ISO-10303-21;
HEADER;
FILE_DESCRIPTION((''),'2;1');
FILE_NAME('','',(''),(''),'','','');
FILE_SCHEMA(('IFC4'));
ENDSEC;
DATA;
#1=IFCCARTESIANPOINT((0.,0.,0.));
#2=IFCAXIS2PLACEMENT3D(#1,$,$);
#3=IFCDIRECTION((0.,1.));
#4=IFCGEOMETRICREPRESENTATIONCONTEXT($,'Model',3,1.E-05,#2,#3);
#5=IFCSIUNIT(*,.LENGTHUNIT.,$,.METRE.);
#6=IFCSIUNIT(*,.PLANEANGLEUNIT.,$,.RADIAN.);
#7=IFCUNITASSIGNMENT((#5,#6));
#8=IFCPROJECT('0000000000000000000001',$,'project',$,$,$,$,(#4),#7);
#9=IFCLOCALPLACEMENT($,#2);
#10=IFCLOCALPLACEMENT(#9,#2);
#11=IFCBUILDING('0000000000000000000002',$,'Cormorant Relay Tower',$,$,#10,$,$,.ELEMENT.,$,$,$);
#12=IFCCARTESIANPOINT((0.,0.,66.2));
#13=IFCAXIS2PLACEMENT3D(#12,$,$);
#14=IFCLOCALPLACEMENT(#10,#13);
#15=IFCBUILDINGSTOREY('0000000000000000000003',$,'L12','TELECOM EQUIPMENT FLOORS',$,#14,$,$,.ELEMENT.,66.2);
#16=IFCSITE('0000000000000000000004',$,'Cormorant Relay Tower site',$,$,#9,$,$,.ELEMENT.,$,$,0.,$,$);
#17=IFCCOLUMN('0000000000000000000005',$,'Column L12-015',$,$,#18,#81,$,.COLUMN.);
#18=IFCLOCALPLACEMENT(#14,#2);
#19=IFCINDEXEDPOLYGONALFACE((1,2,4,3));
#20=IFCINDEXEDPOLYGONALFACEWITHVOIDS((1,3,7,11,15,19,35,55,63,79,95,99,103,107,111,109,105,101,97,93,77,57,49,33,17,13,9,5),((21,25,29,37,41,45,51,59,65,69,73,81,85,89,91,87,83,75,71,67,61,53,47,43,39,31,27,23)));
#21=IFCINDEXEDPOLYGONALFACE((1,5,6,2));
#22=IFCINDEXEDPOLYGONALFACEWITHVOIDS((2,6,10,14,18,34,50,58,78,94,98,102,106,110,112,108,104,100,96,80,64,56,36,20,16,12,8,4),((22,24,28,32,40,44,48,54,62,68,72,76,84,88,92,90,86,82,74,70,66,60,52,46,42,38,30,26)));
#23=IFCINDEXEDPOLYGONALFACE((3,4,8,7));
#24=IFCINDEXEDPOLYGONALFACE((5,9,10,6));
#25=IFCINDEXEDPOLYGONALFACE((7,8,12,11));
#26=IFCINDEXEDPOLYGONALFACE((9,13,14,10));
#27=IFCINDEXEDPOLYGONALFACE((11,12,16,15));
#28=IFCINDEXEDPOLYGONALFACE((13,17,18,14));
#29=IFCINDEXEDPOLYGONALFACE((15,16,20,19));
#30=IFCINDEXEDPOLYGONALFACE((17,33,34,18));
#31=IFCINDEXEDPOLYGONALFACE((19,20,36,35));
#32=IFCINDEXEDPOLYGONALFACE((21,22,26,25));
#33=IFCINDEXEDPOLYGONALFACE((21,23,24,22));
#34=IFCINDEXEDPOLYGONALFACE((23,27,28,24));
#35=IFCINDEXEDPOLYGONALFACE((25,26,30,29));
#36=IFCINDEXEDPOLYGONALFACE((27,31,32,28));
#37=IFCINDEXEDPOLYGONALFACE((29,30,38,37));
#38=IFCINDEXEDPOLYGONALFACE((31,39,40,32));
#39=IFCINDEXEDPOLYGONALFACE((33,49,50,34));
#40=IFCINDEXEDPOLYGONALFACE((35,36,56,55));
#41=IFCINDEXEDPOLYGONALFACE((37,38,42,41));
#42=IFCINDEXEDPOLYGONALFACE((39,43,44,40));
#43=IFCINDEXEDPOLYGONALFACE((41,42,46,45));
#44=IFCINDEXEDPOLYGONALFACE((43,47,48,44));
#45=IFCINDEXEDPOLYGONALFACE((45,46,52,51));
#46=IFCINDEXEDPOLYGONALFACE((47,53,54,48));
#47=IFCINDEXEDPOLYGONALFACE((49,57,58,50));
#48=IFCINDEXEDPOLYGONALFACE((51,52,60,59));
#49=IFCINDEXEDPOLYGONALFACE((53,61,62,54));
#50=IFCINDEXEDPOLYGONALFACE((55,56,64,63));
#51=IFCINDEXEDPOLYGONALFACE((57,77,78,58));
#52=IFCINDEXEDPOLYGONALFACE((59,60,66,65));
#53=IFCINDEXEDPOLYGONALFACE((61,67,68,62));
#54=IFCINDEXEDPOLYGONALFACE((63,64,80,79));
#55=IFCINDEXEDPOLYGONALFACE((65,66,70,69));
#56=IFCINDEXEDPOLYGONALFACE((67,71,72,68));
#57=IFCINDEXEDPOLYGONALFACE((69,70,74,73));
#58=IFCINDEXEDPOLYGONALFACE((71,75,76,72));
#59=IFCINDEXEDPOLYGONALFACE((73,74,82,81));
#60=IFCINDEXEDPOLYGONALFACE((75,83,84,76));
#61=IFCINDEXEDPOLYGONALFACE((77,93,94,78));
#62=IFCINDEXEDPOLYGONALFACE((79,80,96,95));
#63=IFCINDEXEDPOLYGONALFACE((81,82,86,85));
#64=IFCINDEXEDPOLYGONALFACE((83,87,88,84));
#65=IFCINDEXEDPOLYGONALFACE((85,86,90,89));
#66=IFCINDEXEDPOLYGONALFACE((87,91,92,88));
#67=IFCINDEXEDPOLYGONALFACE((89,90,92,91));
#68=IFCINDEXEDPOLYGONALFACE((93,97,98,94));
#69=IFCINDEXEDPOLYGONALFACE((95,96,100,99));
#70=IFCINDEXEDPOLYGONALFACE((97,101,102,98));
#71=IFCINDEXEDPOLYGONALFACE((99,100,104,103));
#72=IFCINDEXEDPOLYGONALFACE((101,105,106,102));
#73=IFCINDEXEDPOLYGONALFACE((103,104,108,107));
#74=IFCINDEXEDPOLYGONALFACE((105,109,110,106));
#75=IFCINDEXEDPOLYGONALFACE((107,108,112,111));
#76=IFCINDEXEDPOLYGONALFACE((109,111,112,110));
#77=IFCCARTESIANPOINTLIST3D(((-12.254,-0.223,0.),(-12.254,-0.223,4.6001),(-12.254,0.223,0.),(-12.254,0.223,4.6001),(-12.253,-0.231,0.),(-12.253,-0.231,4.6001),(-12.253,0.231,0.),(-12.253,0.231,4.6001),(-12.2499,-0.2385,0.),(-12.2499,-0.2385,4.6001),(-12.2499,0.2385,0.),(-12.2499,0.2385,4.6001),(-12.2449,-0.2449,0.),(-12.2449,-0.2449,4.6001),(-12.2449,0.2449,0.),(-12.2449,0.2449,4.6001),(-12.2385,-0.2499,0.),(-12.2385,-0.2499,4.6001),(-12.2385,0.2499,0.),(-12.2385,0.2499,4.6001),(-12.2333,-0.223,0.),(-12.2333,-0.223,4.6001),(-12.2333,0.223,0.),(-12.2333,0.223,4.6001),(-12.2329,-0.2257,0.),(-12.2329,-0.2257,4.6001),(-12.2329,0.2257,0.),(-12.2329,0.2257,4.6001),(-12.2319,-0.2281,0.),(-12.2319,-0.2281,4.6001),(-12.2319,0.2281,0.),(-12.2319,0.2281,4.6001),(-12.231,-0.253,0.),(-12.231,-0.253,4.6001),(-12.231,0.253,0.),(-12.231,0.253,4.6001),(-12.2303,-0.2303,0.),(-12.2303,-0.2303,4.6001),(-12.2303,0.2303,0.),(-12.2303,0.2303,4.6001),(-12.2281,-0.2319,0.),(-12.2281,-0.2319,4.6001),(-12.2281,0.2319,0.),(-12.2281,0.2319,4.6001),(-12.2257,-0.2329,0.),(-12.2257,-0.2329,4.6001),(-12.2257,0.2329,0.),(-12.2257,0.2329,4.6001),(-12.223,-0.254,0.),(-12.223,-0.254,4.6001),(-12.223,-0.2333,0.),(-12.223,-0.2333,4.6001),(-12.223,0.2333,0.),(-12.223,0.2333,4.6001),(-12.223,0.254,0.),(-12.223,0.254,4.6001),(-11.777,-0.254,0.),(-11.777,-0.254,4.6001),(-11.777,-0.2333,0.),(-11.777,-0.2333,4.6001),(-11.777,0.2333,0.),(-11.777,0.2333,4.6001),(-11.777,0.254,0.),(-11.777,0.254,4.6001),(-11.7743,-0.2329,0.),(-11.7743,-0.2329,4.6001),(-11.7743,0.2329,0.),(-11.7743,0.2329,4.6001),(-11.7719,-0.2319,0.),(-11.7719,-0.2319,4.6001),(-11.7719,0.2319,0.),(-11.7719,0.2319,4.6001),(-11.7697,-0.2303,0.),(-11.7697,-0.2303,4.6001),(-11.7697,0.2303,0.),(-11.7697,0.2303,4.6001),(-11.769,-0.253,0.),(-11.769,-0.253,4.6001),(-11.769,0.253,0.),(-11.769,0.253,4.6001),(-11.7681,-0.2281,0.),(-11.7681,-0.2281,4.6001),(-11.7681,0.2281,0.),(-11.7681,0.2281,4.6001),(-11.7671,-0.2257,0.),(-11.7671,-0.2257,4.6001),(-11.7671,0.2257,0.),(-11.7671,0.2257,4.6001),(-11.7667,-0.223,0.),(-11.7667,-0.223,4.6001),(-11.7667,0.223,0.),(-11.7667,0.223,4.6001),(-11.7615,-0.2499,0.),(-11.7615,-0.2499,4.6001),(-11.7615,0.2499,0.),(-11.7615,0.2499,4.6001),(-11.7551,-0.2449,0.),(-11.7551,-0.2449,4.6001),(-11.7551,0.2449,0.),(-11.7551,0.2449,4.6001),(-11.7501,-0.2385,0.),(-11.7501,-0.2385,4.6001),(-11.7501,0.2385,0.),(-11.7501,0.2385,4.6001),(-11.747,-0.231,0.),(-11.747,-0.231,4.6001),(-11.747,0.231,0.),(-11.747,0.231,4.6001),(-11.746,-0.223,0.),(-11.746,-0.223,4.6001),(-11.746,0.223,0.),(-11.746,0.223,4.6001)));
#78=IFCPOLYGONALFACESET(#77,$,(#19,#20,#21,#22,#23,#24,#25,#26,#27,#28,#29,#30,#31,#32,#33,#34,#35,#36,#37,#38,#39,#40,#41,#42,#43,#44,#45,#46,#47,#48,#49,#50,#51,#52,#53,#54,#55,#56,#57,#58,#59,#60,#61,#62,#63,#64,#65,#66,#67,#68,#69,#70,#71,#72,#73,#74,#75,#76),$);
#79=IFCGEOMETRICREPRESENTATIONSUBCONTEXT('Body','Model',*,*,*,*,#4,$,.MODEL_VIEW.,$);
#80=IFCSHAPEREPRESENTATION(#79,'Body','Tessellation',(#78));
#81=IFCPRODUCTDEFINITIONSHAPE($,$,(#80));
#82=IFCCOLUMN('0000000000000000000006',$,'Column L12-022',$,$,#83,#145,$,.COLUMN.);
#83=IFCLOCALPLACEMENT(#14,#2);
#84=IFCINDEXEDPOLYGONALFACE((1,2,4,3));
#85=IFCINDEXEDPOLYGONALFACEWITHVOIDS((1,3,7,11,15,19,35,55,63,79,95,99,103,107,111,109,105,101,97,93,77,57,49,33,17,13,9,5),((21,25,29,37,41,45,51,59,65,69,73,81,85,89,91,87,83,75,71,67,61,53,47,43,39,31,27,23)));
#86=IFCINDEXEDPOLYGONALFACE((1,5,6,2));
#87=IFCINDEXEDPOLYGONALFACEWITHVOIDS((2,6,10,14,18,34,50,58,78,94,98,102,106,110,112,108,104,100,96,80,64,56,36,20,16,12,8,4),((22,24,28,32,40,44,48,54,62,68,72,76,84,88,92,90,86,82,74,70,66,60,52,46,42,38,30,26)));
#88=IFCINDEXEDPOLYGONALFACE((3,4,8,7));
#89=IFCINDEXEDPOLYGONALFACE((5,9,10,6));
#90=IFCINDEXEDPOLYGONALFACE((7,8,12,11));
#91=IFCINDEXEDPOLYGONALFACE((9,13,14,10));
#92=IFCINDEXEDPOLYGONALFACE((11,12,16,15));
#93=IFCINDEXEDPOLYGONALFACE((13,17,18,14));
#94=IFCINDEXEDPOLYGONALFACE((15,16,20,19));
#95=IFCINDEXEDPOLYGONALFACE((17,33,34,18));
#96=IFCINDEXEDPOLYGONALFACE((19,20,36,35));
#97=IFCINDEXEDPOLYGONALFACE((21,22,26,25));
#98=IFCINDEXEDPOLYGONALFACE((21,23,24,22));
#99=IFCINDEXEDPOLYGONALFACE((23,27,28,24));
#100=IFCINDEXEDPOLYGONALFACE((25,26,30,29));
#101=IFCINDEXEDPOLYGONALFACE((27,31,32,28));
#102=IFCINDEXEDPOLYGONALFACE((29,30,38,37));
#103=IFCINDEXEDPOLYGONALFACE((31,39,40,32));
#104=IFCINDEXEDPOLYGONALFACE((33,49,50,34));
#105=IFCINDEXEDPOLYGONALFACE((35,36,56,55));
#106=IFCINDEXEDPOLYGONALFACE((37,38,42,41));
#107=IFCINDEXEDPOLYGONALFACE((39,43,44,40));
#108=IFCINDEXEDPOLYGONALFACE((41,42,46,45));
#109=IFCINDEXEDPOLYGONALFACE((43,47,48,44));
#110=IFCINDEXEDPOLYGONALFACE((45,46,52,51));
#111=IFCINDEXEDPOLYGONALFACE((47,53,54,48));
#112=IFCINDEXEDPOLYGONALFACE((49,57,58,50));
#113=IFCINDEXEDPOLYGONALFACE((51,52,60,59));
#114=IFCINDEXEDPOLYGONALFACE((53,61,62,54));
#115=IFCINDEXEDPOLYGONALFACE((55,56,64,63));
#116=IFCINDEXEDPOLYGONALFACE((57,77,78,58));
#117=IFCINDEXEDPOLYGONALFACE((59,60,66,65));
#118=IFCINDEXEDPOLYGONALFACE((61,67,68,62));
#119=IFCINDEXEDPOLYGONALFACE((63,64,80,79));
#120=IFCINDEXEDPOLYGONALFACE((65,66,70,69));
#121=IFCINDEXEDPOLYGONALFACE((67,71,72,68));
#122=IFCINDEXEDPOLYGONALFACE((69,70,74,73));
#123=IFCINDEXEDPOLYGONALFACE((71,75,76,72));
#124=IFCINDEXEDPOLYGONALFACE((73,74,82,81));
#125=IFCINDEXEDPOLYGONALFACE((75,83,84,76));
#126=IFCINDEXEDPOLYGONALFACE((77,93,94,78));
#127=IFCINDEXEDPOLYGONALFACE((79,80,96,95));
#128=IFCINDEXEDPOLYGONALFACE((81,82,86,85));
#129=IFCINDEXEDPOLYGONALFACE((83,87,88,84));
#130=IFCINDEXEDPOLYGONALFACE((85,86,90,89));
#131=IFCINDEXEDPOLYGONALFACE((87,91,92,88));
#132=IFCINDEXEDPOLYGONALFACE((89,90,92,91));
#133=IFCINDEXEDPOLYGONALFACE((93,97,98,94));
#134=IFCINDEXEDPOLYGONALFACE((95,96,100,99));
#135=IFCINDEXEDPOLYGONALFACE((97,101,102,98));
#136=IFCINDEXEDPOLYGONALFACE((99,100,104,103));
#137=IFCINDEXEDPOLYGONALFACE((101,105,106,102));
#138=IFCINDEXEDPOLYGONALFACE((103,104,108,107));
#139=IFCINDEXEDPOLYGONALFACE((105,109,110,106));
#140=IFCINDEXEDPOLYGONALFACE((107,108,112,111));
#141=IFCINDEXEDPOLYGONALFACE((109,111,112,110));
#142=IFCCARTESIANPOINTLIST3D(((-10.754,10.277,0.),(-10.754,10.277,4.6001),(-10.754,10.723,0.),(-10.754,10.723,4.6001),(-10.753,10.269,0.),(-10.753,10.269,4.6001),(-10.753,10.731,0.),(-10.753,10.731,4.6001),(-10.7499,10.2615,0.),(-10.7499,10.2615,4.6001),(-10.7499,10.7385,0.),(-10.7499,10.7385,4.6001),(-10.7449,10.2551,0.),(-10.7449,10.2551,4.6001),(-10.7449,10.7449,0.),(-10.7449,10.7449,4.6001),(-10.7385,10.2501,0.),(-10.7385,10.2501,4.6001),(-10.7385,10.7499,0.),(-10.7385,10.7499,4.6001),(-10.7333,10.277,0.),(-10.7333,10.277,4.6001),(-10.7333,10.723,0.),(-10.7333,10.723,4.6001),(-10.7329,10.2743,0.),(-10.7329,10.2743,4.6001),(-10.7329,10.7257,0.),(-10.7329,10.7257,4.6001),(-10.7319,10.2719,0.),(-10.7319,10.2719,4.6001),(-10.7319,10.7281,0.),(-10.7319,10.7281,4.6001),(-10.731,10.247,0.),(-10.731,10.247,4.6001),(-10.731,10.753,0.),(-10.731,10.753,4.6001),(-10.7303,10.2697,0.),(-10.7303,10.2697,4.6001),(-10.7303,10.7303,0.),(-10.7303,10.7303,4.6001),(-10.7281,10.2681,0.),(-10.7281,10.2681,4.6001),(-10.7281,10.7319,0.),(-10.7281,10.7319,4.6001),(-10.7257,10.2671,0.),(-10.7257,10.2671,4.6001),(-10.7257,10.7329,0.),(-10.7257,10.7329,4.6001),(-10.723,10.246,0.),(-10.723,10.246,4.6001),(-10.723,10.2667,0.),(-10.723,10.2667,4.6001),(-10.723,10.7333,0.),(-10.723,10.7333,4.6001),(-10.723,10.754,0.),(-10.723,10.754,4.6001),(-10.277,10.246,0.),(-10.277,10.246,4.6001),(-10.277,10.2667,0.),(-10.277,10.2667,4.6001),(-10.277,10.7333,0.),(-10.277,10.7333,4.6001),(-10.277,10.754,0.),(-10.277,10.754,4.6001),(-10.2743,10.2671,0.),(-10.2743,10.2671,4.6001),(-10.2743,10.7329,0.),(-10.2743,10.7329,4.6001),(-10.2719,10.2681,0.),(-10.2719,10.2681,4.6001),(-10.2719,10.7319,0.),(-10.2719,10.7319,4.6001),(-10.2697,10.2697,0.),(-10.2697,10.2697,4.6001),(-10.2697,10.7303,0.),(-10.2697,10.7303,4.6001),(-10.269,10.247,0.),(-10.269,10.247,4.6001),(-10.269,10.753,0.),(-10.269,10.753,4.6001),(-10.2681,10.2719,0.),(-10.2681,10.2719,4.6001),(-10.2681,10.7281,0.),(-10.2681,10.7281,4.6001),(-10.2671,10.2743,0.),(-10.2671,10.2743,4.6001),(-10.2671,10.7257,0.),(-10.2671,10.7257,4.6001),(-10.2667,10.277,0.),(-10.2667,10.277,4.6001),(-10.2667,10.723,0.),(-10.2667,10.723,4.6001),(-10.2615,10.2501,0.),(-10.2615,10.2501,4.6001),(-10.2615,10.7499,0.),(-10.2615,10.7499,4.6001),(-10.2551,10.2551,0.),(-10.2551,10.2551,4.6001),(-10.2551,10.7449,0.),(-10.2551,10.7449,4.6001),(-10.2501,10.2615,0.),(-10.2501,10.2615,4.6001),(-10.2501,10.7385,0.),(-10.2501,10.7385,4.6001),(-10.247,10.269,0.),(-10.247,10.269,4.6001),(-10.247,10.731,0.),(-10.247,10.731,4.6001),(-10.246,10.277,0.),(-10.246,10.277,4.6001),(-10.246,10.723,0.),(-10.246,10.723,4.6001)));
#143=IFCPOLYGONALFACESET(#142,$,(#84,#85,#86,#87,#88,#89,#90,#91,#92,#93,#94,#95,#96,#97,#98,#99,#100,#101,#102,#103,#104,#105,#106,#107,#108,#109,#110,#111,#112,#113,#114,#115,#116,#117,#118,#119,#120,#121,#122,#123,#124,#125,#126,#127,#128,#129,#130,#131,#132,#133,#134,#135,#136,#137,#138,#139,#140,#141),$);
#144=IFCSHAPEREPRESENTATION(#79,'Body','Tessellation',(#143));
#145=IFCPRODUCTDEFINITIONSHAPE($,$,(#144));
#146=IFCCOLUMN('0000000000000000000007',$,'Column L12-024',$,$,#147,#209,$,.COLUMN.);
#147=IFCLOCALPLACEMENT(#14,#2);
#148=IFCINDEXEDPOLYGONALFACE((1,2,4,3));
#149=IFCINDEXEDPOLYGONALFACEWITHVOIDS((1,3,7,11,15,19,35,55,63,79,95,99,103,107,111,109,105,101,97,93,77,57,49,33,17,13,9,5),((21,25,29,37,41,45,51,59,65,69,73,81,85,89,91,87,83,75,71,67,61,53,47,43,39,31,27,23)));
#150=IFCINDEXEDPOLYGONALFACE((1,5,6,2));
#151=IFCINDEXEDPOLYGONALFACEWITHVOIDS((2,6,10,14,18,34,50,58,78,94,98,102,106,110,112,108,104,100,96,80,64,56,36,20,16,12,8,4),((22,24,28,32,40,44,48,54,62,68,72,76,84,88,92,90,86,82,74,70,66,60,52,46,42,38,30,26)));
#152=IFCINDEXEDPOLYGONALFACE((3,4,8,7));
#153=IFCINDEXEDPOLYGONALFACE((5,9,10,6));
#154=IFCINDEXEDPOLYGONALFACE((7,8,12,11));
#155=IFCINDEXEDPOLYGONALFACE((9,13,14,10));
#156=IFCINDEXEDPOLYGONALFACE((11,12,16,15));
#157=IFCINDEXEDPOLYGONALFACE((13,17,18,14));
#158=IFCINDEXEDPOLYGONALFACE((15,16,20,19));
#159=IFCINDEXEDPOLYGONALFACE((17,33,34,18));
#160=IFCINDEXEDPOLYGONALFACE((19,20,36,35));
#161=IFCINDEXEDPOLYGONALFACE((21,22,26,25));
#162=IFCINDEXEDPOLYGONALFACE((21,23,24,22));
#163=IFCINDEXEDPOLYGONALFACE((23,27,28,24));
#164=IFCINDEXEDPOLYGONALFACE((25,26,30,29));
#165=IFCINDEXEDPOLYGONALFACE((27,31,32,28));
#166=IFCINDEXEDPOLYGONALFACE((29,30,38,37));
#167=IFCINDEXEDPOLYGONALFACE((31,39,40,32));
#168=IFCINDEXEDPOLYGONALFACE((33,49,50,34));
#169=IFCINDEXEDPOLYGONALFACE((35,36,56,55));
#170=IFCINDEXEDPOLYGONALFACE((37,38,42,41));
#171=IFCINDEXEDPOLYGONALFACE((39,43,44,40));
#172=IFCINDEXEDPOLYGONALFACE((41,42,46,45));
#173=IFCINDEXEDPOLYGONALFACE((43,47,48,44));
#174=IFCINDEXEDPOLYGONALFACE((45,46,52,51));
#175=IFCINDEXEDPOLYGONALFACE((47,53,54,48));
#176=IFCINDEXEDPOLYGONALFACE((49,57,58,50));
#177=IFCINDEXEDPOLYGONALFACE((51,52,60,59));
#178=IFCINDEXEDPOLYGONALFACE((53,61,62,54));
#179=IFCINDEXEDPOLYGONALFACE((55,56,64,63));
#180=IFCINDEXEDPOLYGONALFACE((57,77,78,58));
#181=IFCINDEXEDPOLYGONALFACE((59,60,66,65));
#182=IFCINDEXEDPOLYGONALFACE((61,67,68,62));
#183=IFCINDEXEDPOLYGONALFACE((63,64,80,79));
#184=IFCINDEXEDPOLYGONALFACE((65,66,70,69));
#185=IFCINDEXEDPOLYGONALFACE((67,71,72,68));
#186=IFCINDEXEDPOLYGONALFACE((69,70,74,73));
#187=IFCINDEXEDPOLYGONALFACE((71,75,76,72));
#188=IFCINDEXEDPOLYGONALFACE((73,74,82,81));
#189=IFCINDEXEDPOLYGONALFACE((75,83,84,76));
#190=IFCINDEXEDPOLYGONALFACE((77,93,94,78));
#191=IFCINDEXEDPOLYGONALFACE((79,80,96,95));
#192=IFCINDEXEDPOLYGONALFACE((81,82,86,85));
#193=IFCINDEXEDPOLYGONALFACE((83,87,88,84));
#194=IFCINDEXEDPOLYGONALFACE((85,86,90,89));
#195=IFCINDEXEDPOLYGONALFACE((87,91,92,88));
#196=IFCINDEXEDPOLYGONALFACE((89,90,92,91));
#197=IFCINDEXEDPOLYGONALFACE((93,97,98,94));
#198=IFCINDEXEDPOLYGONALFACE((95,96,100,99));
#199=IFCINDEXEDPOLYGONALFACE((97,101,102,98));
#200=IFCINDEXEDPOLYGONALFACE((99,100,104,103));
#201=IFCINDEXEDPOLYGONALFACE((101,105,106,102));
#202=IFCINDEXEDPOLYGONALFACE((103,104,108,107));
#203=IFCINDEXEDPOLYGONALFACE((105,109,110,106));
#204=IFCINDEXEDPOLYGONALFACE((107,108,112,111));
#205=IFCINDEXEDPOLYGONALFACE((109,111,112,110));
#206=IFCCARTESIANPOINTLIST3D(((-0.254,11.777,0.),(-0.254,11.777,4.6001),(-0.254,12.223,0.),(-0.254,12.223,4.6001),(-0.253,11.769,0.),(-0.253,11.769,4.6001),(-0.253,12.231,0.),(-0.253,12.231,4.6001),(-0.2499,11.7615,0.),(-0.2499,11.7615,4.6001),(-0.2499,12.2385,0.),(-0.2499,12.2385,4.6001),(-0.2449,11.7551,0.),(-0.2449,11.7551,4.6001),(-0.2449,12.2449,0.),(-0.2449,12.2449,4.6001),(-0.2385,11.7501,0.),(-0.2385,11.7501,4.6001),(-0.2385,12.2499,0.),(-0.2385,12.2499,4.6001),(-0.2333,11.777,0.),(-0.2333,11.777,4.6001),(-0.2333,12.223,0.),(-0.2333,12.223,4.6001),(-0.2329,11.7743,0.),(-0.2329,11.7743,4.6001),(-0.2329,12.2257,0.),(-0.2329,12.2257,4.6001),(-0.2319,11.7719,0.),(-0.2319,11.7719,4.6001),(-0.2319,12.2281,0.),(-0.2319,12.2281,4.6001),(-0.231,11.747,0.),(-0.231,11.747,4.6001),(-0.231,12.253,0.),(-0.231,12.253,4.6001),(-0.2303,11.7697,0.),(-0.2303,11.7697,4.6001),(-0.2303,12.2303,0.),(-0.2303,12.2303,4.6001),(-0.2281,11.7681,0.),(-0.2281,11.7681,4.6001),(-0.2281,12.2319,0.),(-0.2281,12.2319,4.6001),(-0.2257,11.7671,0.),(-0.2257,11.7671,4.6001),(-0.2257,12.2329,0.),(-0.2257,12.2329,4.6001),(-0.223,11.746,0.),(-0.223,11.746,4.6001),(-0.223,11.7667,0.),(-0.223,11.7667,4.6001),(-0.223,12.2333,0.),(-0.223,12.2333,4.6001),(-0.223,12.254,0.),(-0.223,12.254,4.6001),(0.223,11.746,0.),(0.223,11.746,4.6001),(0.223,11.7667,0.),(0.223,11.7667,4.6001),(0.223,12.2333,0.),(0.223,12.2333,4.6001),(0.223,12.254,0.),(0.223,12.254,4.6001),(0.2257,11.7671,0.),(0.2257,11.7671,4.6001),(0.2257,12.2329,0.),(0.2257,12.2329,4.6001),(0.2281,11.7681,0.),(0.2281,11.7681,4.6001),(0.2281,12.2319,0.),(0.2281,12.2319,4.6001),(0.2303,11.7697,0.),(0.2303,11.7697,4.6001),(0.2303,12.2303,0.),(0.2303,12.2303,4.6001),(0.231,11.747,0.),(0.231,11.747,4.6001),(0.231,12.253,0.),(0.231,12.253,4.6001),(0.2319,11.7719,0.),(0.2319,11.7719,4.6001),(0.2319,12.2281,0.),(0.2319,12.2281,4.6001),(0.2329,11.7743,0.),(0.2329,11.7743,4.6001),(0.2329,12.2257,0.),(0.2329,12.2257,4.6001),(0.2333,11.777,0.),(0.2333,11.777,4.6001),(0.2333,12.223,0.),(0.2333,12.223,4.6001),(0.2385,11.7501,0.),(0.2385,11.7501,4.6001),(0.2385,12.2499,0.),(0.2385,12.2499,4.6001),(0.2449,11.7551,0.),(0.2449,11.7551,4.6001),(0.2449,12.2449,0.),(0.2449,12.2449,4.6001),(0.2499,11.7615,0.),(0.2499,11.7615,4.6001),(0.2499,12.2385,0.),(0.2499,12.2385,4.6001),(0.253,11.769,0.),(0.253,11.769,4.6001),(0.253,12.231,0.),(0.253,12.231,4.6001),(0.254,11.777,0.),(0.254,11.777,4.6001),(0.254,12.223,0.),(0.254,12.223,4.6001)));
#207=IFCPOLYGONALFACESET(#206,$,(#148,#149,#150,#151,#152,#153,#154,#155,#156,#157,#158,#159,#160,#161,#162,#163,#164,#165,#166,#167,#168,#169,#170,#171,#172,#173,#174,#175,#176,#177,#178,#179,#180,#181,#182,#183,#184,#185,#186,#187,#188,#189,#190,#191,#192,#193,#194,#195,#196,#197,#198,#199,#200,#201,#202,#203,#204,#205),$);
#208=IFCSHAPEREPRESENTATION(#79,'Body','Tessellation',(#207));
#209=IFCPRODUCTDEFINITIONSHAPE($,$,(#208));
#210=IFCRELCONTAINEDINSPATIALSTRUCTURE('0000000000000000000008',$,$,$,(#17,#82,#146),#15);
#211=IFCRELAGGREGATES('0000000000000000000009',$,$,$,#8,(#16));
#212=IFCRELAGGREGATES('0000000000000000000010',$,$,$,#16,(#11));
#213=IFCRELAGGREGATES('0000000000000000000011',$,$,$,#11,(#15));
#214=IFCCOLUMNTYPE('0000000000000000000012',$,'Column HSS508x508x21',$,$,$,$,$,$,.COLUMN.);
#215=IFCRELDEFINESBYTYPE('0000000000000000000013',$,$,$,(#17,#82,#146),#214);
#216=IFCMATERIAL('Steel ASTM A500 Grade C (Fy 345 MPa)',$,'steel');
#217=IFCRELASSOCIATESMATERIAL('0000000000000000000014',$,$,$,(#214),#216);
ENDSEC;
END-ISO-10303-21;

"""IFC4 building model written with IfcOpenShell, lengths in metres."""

from ifc_helpers import new_model, si_unit, direction, frame, origin, origin_2d, place, context, subcontext, project, spatial, hollow_rectangle, extrude, material, material_profile, profile_set, type_object, element, save


model = new_model("IFC4")

# Units and contexts
model_context = context("Model", 3, precision=1e-05, world=origin(), true_north=direction((0.0, 1.0)))
body_context = subcontext(model_context, "Body", "Model", "MODEL_VIEW")
ifc_project = project(units=[si_unit("LENGTHUNIT", "METRE"), si_unit("PLANEANGLEUNIT", "RADIAN")], contexts=[model_context])

# Site, building, storey
site_placement = place(None, origin())
site = spatial("IfcSite", under=ifc_project, at=site_placement, Name="Cormorant Relay Tower site", CompositionType="ELEMENT", RefElevation=0.0)
building_placement = place(site_placement, origin())
building = spatial("IfcBuilding", under=site, at=building_placement, Name="Cormorant Relay Tower", CompositionType="ELEMENT")
storey_placement = place(building_placement, frame((0.0, 0.0, 66.2)))
storey = spatial("IfcBuildingStorey", under=building, at=storey_placement, Name="L12", Description="TELECOM EQUIPMENT FLOORS", CompositionType="ELEMENT", Elevation=66.2)

# Columns
ifc_material_1 = material(Name="Steel ASTM A500 Grade C (Fy 345 MPa)", Category="steel")
ifc_material_profile = material_profile(ifc_material_1, hollow_rectangle(XDim=0.5081, YDim=0.5081, WallThickness=0.0208, InnerFilletRadius=0.0103, OuterFilletRadius=0.031, at=origin_2d()), Name="HSS508x508x21")
ifc_profile_set = profile_set([ifc_material_profile], Name="Steel ASTM A500 Grade C (Fy 345 MPa)")
column_type = type_object("IfcColumnType", Name="Column HSS508x508x21", PredefinedType="COLUMN", material=ifc_profile_set)
for number, where, z_axis, x_axis, name in (
    (1, (-12.0, 0.0, 0.0), (0.0, 0.0, 1.0), (1.0, 0.0, 0.0), "Column L12-015"),
    (2, (-10.5, 10.5, 0.0), (0.0, 0.0, 1.0), (1.0, 0.0, 0.0), "Column L12-022"),
    (3, (0.0, 12.0, 0.0), (0.0, 0.0, 1.0), (1.0, 0.0, 0.0), "Column L12-024"),
):
    element("IfcColumn", number, at=place(storey_placement, frame(where, z_axis=z_axis, x_axis=x_axis)), inside=storey, type_object=column_type, Name=name, PredefinedType="COLUMN", context=body_context, shape_type="SweptSolid", body=[
        extrude(hollow_rectangle(XDim=0.5081, YDim=0.5081, WallThickness=0.0208, InnerFilletRadius=0.0103, OuterFilletRadius=0.031, at=origin_2d()), origin(), (0.0, 0.0, 1.0), 4.6001),
    ])

save(model, "model.ifc")
